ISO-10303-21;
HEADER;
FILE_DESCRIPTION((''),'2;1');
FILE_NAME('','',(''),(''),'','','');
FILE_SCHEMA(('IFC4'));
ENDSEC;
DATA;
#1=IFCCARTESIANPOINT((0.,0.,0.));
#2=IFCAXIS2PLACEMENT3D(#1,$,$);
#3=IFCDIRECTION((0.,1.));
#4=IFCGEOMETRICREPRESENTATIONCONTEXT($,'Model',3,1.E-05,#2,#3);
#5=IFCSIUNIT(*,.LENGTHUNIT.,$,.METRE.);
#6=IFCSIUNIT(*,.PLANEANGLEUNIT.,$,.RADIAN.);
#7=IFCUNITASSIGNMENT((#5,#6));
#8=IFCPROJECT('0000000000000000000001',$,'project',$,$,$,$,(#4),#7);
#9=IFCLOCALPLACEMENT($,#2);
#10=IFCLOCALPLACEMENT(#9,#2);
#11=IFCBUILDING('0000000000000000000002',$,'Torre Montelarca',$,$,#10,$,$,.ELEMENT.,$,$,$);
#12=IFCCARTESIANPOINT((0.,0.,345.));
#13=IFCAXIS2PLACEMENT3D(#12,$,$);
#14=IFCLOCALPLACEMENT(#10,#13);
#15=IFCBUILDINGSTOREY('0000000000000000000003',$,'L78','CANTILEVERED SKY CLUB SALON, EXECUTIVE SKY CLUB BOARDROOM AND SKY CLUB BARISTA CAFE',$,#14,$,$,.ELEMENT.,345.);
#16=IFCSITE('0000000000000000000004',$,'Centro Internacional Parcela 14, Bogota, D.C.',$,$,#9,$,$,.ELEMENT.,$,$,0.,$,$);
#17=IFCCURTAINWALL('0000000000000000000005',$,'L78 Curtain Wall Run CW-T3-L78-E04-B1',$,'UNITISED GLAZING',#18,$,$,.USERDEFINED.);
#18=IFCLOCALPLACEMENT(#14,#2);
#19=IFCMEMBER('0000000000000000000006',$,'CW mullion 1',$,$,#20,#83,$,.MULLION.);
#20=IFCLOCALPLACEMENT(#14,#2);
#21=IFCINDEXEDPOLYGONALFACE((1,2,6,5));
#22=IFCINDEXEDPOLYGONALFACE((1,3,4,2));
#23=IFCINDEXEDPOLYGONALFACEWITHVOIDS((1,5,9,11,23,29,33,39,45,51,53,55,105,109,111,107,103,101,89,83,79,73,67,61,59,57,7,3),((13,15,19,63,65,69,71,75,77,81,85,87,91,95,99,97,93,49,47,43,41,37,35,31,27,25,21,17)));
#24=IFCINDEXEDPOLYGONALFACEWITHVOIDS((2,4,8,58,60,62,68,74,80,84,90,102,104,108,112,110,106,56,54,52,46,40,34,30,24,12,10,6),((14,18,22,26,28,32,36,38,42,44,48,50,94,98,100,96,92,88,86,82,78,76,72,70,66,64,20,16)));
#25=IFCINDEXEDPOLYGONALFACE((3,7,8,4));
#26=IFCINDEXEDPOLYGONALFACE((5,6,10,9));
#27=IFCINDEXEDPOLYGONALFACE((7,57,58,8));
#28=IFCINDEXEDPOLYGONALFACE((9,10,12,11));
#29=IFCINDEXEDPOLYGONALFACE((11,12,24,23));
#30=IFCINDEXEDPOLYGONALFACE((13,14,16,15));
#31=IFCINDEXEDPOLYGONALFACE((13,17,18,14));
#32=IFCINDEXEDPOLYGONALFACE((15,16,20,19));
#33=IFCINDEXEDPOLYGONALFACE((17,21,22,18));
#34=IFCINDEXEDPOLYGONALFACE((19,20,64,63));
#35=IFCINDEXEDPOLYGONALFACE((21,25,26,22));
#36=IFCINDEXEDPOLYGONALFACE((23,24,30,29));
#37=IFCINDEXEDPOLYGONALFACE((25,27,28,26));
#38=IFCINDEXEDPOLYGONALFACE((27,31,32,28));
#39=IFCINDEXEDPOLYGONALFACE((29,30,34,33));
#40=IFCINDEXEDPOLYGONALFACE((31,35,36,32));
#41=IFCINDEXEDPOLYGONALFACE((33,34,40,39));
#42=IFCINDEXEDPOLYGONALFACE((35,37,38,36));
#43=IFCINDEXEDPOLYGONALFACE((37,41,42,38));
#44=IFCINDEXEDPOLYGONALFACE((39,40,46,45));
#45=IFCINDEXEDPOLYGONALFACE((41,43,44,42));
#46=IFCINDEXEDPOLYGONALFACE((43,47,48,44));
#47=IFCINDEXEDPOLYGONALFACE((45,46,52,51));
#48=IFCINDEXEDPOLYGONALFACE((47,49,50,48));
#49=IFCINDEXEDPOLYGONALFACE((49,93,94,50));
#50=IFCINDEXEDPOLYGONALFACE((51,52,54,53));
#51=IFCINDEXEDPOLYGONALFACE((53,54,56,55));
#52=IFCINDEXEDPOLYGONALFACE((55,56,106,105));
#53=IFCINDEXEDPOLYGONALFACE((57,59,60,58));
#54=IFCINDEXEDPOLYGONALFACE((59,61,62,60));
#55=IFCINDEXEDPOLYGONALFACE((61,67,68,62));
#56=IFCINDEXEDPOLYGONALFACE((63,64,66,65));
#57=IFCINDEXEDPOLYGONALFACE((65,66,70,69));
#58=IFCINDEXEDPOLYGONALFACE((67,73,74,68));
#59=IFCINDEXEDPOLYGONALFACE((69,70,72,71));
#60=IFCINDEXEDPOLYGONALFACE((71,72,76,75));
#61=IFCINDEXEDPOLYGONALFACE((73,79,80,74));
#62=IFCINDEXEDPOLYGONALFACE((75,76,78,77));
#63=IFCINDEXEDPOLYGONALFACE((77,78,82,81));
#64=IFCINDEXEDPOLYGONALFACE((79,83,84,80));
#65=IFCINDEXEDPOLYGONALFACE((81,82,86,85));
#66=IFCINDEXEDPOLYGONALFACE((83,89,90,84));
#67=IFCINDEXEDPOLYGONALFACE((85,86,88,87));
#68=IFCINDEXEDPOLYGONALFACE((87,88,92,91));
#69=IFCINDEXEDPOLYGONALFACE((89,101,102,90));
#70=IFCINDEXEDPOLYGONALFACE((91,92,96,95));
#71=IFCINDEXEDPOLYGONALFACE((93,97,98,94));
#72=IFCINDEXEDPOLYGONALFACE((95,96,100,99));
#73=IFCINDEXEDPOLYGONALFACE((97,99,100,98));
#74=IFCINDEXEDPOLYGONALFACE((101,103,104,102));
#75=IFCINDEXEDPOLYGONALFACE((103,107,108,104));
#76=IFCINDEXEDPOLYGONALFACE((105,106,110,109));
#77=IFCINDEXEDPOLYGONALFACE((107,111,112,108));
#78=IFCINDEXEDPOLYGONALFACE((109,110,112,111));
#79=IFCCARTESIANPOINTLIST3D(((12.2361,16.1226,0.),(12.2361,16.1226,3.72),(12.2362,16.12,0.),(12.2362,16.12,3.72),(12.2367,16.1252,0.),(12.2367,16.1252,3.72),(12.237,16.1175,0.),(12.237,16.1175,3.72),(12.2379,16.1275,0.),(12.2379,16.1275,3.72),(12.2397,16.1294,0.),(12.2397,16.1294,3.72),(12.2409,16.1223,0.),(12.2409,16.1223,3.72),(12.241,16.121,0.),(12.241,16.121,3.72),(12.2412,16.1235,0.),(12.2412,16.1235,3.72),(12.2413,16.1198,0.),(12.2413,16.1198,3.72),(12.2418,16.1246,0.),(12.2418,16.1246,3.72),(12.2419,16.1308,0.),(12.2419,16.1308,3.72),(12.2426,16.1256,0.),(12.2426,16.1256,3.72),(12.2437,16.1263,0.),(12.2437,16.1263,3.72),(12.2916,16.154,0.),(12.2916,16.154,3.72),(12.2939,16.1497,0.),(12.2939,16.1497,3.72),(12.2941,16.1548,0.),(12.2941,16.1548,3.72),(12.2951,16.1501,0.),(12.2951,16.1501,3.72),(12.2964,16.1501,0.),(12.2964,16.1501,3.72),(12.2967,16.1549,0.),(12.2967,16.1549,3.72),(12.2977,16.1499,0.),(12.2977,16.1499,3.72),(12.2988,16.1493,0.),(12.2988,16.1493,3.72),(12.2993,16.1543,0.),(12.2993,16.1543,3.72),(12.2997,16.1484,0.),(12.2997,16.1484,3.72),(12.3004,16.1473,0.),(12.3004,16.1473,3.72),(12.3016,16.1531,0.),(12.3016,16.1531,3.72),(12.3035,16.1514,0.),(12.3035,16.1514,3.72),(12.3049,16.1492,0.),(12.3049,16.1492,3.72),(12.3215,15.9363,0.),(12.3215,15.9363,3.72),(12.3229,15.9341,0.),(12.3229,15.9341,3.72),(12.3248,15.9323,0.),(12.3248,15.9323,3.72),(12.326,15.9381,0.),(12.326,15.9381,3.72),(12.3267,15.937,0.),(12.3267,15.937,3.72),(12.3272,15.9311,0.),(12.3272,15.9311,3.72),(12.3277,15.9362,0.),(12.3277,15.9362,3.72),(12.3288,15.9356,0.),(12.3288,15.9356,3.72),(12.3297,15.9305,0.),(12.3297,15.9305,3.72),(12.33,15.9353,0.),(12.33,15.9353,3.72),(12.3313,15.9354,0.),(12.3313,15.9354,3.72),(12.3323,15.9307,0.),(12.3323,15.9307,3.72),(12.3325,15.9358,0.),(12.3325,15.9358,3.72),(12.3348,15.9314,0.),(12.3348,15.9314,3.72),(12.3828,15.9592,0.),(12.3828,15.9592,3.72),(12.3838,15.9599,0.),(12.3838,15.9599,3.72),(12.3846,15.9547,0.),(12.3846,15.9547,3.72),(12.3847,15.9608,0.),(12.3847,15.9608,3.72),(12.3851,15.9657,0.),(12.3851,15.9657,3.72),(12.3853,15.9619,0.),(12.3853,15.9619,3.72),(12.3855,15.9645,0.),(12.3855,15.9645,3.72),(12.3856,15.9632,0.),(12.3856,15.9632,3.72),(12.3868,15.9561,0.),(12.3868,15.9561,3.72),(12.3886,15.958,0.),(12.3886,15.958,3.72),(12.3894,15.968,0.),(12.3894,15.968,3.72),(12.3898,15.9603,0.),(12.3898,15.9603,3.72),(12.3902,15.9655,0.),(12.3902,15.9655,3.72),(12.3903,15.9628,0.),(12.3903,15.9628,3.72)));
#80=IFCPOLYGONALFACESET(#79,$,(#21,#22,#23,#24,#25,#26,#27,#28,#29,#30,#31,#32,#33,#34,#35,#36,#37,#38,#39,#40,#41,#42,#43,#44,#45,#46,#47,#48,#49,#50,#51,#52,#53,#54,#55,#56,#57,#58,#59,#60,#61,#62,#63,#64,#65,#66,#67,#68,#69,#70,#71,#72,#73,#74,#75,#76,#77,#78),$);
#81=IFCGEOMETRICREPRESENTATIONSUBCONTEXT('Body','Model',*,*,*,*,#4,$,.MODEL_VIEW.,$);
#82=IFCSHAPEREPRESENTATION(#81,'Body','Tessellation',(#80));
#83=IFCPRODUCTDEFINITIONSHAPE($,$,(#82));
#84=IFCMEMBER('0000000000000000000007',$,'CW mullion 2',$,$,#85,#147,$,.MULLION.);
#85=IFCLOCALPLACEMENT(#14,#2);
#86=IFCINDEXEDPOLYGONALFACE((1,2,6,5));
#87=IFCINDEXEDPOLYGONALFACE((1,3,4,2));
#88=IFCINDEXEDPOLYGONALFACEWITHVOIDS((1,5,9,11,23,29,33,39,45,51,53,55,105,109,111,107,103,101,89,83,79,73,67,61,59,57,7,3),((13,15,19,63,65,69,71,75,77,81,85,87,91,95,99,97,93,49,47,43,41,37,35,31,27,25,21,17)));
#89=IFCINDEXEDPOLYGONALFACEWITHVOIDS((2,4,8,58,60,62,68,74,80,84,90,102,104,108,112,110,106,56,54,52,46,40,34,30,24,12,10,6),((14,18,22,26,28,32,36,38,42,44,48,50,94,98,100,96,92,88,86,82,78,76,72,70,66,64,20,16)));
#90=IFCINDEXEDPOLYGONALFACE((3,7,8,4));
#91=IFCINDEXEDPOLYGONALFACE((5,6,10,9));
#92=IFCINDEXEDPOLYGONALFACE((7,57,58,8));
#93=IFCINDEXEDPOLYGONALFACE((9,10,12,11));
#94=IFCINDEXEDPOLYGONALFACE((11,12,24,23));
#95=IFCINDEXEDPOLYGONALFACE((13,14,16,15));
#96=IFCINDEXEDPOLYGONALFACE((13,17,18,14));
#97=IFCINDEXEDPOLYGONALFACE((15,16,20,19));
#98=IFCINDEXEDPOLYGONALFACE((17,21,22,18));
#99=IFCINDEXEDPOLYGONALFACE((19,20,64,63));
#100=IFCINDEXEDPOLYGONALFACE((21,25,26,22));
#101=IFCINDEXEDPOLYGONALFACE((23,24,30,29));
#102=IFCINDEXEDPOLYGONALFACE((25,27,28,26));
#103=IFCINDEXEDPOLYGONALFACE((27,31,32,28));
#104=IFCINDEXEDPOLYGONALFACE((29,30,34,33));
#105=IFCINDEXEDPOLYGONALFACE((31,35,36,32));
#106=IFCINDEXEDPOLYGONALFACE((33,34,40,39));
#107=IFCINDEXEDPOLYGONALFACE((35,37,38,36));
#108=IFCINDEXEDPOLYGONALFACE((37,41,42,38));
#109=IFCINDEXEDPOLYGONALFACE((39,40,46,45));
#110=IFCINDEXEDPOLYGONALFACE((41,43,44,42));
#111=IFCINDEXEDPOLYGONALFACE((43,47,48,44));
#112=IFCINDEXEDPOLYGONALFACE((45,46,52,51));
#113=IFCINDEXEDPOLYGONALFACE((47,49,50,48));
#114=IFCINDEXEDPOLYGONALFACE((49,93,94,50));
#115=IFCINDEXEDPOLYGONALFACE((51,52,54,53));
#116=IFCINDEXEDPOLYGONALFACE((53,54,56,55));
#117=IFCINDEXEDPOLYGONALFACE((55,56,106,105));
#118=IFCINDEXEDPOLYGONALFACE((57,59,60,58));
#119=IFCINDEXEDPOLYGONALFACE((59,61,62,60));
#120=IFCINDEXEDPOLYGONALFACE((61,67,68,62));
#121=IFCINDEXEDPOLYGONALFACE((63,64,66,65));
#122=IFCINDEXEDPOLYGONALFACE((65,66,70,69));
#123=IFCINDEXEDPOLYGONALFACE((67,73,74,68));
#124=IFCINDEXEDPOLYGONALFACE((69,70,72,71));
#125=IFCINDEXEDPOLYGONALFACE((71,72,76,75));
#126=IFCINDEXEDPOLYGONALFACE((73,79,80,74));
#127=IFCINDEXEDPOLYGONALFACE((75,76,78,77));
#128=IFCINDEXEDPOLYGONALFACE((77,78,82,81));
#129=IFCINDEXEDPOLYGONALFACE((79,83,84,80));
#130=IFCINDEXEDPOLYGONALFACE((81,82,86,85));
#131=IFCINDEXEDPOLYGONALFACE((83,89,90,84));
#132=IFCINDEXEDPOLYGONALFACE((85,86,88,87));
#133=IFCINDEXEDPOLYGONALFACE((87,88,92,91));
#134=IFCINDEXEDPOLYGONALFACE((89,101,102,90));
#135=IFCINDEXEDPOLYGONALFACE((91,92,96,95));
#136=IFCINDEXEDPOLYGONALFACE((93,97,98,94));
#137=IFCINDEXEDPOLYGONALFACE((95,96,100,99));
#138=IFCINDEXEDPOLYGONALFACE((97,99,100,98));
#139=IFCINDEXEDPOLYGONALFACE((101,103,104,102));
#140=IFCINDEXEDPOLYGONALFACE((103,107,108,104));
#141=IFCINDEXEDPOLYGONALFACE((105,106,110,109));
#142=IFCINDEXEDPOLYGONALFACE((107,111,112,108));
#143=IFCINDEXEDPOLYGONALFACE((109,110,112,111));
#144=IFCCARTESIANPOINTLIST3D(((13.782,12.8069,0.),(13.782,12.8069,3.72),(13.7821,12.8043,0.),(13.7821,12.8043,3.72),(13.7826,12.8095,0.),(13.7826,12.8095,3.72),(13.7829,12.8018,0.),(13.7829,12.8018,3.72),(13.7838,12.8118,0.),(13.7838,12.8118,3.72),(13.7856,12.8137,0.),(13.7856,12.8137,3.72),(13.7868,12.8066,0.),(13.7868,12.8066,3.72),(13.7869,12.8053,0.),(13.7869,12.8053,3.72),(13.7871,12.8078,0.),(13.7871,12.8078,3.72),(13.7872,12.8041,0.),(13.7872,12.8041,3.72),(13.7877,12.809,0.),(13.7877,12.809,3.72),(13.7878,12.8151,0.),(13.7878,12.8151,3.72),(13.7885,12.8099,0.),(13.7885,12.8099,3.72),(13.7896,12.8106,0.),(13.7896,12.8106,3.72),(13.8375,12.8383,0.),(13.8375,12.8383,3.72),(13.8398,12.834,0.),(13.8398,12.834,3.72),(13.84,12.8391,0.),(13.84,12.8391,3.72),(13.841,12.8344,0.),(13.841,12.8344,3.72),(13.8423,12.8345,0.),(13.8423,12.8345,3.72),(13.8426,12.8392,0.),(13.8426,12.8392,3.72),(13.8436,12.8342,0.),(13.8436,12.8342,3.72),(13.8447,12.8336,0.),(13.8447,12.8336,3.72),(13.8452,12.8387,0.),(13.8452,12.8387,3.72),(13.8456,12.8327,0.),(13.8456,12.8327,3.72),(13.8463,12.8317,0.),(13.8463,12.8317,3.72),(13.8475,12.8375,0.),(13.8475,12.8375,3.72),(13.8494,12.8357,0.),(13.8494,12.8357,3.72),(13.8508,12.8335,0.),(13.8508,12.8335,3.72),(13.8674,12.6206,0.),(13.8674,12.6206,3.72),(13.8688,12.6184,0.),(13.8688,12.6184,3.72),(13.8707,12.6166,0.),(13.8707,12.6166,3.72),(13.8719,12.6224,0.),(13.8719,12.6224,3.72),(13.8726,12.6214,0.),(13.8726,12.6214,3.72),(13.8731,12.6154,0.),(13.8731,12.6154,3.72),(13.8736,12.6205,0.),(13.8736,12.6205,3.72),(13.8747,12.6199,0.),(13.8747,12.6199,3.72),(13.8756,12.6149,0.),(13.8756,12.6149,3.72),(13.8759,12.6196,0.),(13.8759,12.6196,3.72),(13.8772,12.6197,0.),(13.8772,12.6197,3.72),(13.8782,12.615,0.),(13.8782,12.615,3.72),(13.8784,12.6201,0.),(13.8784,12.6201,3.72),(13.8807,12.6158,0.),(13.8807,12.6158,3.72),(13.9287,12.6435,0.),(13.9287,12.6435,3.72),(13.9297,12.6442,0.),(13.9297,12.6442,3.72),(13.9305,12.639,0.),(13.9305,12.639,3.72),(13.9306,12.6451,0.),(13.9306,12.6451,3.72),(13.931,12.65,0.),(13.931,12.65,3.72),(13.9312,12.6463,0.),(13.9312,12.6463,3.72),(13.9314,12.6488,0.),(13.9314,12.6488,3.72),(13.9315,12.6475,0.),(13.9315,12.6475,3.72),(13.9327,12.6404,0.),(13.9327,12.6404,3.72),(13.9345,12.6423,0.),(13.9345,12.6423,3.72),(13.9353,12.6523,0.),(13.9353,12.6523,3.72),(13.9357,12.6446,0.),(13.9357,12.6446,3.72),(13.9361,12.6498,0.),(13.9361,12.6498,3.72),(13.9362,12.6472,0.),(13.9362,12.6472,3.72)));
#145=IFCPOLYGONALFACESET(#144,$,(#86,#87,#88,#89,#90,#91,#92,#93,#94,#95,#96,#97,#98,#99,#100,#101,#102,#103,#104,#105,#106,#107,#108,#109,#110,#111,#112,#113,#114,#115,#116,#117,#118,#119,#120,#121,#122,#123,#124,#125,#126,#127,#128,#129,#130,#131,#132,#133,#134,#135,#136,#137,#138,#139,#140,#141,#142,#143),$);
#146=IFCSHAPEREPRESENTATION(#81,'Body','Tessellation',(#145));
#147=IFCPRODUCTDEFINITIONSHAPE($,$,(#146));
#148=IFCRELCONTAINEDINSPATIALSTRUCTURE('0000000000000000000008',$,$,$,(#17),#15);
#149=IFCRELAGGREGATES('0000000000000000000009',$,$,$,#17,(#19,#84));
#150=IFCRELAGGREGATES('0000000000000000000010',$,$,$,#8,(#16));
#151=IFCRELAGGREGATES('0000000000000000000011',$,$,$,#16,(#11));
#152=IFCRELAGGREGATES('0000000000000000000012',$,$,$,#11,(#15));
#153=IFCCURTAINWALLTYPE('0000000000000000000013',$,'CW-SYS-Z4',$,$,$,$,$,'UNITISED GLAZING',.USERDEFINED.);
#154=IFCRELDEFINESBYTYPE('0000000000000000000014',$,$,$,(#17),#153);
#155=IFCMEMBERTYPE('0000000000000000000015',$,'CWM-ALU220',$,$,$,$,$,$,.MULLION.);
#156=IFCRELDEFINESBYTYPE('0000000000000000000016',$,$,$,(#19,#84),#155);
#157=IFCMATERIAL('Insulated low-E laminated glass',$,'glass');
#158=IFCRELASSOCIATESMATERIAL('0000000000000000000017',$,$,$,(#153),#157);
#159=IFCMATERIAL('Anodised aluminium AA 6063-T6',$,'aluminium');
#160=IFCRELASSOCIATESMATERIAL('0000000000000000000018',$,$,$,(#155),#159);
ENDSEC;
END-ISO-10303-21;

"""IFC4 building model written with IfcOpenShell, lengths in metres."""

from ifc_helpers import new_model, si_unit, direction, frame, origin, origin_2d, place, context, subcontext, project, spatial, hollow_rectangle, extrude, source, transform, mapped, material, material_profile, profile_set, type_object, element, aggregate, save


model = new_model("IFC4")

# Units and contexts
model_context = context("Model", 3, precision=1e-05, world=origin(), true_north=direction((0.0, 1.0)))
body_context = subcontext(model_context, "Body", "Model", "MODEL_VIEW")
ifc_project = project(units=[si_unit("LENGTHUNIT", "METRE"), si_unit("PLANEANGLEUNIT", "RADIAN")], contexts=[model_context])

# Site, building, storey
site_placement = place(None, origin())
site = spatial("IfcSite", under=ifc_project, at=site_placement, Name="Centro Internacional Parcela 14, Bogota, D.C.", CompositionType="ELEMENT", RefElevation=0.0)
building_placement = place(site_placement, origin())
building = spatial("IfcBuilding", under=site, at=building_placement, Name="Torre Montelarca", CompositionType="ELEMENT")
storey_placement = place(building_placement, frame((0.0, 0.0, 345.0)))
storey = spatial("IfcBuildingStorey", under=building, at=storey_placement, Name="L78", Description="CANTILEVERED SKY CLUB SALON, EXECUTIVE SKY CLUB BOARDROOM AND SKY CLUB BARISTA CAFE", CompositionType="ELEMENT", Elevation=345.0)

# Curtain wall, members
ifc_material_1 = material(Name="Insulated low-E laminated glass", Category="glass")
curtain_wall_type = type_object("IfcCurtainWallType", Name="CW-SYS-Z4", ElementType="UNITISED GLAZING", PredefinedType="USERDEFINED", material=ifc_material_1)
ifc_material_2 = material(Name="Anodised aluminium AA 6063-T6", Category="aluminium")
ifc_material_profile_1 = material_profile(ifc_material_2, hollow_rectangle(XDim=0.075, YDim=0.22, WallThickness=0.0049, InnerFilletRadius=0.0049, OuterFilletRadius=0.01, at=origin_2d()), Name="ALU75X220X5", Category="aluminium")
ifc_profile_set_1 = profile_set([ifc_material_profile_1], Name="Anodised aluminium AA 6063-T6")
member_type_1 = type_object("IfcMemberType", Name="CWM-ALU220", PredefinedType="MULLION", material=ifc_profile_set_1)
shared_shape_1 = source(origin(), body_context, "Body", "SweptSolid", [
    extrude(hollow_rectangle(XDim=0.075, YDim=0.22, WallThickness=0.0049, InnerFilletRadius=0.0049, OuterFilletRadius=0.01, at=origin_2d()), origin(), (0.0, 0.0, 1.0), 3.72),
])
curtain_wall_1_placement = place(storey_placement, origin())
curtain_wall_1 = element("IfcCurtainWall", 1, at=curtain_wall_1_placement, inside=storey, type_object=curtain_wall_type, Name="L78 Curtain Wall Run CW-T3-L78-E04-B1", ObjectType="UNITISED GLAZING", PredefinedType="USERDEFINED")
member_1_placement = place(storey_placement, frame((12.3132, 16.0427, 0.0), z_axis=(0.0, 0.0, 1.0), x_axis=(0.906317, 0.422599, 0.0)))
member_1 = element("IfcMember", 2, at=member_1_placement, type_object=member_type_1, Name="CW mullion 1", PredefinedType="MULLION", context=body_context, shape_type="MappedRepresentation", body=[
    mapped(shared_shape_1, transform((0.0, 0.0, 0.0), scale=1.0)),
])
member_2_placement = place(storey_placement, frame((13.8591, 12.7271, 0.0), z_axis=(0.0, 0.0, 1.0), x_axis=(0.906317, 0.422599, 0.0)))
member_2 = element("IfcMember", 3, at=member_2_placement, type_object=member_type_1, Name="CW mullion 2", PredefinedType="MULLION", context=body_context, shape_type="MappedRepresentation", body=[
    mapped(shared_shape_1, transform((0.0, 0.0, 0.0), scale=1.0)),
])

aggregate(curtain_wall_1, [member_1, member_2])

save(model, "model.ifc")
